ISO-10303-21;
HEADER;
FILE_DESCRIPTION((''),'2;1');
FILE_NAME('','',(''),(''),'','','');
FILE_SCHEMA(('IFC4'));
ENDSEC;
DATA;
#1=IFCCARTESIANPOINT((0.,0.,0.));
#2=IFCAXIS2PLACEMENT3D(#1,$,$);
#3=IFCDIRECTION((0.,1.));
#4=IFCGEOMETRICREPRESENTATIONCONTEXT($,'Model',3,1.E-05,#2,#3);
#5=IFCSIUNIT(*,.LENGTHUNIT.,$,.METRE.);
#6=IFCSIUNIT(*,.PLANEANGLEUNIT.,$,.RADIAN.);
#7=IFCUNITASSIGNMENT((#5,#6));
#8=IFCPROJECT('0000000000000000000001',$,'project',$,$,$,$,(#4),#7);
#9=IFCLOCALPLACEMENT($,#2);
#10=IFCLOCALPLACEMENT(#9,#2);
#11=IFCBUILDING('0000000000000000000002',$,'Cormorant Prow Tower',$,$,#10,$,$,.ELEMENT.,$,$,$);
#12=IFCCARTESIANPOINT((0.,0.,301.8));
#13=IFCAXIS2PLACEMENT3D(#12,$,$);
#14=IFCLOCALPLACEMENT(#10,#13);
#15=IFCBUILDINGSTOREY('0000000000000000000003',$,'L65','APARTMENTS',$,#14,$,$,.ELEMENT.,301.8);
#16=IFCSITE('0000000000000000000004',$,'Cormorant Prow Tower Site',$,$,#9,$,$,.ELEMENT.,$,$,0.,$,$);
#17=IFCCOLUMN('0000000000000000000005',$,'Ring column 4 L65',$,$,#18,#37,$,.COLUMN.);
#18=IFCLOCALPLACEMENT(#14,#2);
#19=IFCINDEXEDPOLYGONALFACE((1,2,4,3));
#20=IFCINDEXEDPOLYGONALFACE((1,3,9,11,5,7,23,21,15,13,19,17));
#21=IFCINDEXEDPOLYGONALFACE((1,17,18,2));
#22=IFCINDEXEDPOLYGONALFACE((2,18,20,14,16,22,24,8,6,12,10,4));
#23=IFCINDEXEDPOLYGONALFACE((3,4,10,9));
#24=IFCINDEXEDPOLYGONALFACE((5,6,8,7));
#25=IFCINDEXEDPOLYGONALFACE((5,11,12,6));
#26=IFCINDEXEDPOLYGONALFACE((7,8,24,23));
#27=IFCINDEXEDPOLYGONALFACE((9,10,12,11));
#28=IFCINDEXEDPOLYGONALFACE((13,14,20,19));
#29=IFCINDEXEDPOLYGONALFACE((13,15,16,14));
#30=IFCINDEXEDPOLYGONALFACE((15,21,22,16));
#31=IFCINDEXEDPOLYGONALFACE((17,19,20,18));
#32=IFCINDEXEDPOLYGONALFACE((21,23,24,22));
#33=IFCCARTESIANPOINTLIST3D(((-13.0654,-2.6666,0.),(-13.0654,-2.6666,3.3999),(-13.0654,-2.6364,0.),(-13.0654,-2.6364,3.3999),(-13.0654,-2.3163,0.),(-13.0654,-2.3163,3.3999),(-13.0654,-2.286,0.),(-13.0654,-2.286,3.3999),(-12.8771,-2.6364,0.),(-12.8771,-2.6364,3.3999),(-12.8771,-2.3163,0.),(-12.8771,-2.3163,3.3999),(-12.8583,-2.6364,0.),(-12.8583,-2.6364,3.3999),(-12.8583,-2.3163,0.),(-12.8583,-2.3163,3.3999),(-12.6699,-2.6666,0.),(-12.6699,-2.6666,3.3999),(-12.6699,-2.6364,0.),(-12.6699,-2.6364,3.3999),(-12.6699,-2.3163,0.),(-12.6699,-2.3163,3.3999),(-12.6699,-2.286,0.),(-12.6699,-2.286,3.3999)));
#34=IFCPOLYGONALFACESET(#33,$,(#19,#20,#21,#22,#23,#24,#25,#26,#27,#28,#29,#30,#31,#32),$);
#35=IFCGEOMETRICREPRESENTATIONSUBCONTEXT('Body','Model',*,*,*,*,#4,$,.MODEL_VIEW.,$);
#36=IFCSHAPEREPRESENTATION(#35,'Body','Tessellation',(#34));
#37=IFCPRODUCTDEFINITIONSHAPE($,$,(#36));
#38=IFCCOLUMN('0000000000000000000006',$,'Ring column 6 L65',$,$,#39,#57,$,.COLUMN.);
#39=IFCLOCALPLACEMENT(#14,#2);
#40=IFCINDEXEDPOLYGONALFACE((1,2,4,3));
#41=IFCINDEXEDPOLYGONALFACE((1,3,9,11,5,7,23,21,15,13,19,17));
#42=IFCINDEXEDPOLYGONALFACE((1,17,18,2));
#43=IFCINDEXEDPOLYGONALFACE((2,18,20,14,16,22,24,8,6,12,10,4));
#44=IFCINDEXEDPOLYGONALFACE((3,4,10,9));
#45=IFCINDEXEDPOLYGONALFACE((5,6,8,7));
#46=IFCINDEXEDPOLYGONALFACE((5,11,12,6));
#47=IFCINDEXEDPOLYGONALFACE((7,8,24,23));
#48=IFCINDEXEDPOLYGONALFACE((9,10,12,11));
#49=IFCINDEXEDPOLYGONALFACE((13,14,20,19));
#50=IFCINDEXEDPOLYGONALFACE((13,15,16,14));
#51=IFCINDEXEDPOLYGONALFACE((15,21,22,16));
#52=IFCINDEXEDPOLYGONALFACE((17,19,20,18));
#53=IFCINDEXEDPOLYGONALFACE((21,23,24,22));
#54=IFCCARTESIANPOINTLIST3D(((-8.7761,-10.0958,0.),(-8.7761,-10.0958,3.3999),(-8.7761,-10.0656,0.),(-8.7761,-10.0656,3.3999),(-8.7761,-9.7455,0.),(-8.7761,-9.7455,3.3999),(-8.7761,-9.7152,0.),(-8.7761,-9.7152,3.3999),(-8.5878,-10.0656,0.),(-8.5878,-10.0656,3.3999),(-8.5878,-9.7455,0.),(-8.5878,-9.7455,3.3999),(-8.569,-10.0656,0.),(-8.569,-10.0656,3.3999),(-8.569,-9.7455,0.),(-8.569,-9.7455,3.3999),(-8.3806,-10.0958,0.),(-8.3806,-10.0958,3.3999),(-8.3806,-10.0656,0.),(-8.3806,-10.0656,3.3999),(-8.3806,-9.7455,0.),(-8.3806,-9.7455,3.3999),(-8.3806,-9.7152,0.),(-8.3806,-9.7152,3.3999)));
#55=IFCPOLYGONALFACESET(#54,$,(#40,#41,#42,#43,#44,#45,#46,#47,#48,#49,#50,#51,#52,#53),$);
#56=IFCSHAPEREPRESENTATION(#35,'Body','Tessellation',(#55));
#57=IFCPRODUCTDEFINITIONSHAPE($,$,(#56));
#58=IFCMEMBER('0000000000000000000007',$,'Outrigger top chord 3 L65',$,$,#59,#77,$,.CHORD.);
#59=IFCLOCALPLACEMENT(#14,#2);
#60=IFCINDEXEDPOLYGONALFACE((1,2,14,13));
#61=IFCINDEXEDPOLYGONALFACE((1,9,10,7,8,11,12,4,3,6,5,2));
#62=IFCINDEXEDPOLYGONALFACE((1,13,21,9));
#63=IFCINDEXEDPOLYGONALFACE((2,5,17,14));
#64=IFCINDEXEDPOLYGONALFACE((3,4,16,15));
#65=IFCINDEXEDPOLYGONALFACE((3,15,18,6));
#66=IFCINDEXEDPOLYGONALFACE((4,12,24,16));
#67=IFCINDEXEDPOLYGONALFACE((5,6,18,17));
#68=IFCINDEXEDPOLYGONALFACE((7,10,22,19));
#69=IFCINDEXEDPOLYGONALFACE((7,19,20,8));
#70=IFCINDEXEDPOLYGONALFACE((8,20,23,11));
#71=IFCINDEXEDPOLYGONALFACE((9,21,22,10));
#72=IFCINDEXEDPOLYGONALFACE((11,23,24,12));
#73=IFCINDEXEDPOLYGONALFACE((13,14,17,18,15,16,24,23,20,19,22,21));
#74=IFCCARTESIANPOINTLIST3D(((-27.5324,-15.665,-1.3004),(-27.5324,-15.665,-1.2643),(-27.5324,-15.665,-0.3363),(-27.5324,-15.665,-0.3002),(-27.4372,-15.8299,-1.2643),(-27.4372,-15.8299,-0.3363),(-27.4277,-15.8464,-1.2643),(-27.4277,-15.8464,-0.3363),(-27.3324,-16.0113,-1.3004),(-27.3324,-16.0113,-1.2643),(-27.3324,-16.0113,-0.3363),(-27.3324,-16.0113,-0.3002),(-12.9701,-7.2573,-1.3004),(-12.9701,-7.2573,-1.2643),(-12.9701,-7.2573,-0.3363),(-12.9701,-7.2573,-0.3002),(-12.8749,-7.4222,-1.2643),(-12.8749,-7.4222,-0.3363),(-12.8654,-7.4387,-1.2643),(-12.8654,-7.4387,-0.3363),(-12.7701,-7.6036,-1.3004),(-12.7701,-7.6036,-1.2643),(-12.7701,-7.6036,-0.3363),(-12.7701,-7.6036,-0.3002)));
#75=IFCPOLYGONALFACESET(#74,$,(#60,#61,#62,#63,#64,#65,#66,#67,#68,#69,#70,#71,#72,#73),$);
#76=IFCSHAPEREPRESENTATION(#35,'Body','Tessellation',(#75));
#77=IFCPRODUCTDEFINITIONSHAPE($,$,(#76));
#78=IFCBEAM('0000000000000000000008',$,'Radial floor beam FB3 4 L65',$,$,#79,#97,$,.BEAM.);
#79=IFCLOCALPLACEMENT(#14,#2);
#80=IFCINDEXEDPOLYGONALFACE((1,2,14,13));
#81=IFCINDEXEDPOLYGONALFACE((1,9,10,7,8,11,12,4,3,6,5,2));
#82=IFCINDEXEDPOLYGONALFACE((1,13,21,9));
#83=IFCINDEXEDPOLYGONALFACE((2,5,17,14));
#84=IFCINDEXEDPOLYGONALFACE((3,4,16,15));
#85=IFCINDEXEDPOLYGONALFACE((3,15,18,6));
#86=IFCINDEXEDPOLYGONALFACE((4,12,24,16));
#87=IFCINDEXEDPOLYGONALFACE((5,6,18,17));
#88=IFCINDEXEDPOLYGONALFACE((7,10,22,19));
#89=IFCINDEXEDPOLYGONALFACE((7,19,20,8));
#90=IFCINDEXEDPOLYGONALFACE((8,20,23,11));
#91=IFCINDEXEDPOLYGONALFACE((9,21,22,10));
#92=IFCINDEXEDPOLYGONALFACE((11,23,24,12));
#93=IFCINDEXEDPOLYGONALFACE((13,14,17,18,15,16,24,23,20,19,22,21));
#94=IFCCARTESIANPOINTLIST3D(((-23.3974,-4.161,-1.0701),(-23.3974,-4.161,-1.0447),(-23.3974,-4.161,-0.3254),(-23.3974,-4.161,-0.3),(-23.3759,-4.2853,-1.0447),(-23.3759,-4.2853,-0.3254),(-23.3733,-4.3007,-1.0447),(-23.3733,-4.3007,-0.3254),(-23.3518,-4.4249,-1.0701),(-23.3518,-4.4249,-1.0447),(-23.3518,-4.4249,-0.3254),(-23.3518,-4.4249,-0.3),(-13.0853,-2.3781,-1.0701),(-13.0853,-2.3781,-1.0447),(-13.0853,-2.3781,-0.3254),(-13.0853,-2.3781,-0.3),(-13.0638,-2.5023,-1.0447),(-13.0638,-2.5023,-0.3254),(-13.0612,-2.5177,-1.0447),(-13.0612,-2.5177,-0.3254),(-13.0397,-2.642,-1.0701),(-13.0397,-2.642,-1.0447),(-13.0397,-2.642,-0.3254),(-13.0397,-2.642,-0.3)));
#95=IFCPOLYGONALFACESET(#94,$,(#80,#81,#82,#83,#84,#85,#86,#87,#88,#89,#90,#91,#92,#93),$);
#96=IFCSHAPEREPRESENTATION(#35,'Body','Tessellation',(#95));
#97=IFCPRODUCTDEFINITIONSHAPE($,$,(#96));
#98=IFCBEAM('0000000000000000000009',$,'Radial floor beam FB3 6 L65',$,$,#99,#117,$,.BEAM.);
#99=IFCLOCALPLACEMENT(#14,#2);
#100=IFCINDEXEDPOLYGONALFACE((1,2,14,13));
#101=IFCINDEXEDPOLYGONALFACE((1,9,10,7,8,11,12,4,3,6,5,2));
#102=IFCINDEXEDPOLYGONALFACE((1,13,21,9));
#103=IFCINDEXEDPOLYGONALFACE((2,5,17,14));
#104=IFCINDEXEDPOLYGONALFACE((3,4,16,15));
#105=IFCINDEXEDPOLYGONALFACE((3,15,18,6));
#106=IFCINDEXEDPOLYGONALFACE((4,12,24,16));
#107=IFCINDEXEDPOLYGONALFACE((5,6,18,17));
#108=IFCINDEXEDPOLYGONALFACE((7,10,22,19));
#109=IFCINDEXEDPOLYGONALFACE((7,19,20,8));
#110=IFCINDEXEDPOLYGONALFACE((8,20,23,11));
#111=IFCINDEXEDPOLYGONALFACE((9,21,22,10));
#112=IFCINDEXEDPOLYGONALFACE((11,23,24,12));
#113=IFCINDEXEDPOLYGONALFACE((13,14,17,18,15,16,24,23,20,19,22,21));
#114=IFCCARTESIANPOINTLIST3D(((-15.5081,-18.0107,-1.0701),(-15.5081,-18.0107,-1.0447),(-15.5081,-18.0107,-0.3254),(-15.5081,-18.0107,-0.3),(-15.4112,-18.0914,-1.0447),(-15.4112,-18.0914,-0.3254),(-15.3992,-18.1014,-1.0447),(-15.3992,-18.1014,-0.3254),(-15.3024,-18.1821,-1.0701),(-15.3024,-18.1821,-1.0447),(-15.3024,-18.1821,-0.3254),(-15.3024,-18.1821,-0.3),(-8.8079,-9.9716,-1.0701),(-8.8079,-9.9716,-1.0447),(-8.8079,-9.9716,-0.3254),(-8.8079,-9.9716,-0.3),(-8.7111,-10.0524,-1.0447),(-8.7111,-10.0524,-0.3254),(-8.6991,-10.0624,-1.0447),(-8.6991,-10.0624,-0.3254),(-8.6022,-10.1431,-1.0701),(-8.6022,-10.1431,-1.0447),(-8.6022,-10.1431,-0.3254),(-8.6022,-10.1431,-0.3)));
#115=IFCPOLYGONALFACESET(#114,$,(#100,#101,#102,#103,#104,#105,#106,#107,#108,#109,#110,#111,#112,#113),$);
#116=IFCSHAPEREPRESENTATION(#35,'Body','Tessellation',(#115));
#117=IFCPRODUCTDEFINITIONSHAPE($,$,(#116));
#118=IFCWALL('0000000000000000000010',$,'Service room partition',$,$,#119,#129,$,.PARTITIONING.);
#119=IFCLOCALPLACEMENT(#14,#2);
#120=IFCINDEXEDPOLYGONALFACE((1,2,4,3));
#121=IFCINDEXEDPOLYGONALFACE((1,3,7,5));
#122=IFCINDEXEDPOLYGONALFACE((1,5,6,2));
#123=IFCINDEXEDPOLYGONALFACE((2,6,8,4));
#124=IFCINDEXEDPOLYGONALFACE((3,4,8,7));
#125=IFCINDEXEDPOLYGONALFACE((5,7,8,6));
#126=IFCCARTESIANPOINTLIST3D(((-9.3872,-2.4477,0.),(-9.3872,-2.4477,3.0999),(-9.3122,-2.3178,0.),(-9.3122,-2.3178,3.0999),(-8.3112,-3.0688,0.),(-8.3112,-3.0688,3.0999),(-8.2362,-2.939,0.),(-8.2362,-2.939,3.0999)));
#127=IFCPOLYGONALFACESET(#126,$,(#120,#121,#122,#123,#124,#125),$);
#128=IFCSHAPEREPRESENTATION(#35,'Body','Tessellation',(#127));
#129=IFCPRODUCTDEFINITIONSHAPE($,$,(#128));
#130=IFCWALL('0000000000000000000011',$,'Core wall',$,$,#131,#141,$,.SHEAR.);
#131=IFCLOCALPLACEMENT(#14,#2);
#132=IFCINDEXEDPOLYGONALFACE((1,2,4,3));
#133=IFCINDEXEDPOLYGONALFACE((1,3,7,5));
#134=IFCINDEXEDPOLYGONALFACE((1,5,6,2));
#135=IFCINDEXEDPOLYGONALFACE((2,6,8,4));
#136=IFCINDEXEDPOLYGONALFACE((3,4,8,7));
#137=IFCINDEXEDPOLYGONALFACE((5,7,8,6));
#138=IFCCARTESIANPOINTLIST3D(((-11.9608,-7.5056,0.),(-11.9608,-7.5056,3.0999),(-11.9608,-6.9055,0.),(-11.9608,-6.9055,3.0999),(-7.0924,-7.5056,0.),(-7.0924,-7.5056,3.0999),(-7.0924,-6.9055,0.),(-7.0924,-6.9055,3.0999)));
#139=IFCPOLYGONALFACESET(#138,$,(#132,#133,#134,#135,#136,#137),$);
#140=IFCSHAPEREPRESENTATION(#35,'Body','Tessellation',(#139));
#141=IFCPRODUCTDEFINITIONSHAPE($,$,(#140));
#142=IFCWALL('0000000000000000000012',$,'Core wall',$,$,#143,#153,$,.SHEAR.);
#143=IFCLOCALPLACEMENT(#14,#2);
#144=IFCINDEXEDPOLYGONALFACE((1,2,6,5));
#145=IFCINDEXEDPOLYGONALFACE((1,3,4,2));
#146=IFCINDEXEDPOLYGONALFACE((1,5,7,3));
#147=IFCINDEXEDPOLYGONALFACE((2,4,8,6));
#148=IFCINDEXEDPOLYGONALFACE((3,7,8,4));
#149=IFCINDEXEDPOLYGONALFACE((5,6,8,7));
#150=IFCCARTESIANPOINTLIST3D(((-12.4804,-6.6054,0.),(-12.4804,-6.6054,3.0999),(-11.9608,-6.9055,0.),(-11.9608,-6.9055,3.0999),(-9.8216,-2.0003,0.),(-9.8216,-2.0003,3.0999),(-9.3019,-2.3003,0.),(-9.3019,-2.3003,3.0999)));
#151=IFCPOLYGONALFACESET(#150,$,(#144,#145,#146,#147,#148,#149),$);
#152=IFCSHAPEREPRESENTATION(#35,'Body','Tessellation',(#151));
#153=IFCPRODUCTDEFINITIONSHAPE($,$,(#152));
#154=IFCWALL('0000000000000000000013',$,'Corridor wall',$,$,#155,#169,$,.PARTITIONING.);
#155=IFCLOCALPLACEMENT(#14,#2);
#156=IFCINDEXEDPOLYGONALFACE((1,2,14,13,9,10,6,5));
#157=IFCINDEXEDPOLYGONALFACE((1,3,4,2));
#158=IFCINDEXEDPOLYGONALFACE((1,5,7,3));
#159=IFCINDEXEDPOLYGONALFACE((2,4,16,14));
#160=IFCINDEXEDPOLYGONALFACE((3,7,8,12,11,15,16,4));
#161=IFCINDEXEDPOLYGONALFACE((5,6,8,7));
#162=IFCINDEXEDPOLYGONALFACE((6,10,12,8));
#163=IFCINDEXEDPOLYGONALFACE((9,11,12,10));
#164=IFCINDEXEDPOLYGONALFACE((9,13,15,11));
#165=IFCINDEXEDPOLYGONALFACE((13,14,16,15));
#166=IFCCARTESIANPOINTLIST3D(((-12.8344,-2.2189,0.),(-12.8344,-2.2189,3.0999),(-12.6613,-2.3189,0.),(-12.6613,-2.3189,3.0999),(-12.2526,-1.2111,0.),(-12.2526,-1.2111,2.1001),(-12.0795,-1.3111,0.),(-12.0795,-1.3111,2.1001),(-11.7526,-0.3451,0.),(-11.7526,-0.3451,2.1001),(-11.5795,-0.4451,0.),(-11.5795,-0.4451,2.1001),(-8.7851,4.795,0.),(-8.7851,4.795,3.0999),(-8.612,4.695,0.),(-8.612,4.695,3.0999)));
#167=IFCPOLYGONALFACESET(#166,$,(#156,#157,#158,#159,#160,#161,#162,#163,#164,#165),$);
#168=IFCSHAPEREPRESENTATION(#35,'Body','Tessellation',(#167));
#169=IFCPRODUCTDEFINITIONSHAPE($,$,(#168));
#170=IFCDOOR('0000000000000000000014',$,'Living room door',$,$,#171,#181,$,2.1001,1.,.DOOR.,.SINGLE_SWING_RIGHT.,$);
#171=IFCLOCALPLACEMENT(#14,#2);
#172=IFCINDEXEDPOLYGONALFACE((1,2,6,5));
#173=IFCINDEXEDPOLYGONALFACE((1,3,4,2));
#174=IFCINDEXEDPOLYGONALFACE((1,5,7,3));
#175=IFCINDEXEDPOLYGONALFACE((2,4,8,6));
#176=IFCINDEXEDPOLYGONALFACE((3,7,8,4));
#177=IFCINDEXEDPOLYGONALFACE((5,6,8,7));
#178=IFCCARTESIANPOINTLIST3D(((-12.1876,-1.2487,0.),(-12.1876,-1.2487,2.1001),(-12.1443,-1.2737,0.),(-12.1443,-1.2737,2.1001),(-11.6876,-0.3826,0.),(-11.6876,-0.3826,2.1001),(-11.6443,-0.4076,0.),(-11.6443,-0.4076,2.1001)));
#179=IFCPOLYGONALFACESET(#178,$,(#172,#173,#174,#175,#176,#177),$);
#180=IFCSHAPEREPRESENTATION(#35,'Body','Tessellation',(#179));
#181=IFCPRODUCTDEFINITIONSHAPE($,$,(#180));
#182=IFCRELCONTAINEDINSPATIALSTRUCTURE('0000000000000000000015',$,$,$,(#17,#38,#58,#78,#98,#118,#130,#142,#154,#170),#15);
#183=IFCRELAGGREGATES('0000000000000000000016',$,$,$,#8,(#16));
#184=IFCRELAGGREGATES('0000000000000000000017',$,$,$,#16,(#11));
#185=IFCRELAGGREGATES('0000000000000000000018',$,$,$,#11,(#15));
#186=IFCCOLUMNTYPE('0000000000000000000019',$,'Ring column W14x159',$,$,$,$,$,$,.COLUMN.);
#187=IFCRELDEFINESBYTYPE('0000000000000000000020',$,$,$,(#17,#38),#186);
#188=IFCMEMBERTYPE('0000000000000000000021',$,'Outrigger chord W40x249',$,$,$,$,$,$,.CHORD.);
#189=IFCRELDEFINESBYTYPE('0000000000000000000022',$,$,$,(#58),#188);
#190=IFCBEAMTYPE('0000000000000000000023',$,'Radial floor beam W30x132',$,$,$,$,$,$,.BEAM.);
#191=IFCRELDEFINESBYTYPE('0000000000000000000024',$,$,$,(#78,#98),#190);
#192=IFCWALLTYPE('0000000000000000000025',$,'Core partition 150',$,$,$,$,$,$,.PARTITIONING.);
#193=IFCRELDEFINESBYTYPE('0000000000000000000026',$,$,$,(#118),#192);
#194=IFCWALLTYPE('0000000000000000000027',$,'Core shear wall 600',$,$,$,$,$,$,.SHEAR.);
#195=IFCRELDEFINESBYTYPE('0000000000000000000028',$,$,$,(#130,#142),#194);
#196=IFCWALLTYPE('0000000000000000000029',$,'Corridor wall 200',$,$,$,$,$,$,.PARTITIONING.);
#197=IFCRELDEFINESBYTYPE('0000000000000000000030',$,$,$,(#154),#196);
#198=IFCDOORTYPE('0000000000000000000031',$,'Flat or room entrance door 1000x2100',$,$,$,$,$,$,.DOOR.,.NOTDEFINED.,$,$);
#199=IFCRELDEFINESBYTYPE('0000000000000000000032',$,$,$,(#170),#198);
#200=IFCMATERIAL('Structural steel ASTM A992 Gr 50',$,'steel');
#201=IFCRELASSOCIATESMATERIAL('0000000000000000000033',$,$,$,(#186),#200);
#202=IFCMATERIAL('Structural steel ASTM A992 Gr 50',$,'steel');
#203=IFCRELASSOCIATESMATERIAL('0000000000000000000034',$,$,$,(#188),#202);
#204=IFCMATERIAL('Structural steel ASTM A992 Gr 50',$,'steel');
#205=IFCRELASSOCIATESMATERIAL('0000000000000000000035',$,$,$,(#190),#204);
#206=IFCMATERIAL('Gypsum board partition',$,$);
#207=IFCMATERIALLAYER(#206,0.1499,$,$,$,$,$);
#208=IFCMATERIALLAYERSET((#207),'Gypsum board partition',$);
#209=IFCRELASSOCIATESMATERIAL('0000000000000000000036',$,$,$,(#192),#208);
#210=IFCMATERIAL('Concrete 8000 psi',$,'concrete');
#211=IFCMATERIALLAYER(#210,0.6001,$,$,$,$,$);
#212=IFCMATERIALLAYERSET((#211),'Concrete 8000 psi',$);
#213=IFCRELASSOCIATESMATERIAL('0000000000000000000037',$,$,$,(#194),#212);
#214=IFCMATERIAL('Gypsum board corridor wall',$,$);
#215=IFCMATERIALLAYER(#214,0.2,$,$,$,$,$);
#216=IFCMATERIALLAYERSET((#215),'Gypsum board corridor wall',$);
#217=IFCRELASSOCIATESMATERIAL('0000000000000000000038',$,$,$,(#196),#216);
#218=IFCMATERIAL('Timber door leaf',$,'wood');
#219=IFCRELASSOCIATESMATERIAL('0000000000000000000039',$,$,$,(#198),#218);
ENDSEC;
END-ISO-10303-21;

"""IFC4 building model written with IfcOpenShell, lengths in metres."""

from ifc_helpers import new_model, si_unit, direction, frame, frame_2d, origin, origin_2d, place, context, subcontext, project, spatial, rectangle, i_section, extrude, material, layer, layer_set, material_profile, profile_set, type_object, element, fill, save


model = new_model("IFC4")

# Units and contexts
model_context = context("Model", 3, precision=1e-05, world=origin(), true_north=direction((0.0, 1.0)))
body_context = subcontext(model_context, "Body", "Model", "MODEL_VIEW")
ifc_project = project(units=[si_unit("LENGTHUNIT", "METRE"), si_unit("PLANEANGLEUNIT", "RADIAN")], contexts=[model_context])

# Site, building, storey
site_placement = place(None, origin())
site = spatial("IfcSite", under=ifc_project, at=site_placement, Name="Cormorant Prow Tower Site", CompositionType="ELEMENT", RefElevation=0.0)
building_placement = place(site_placement, origin())
building = spatial("IfcBuilding", under=site, at=building_placement, Name="Cormorant Prow Tower", CompositionType="ELEMENT")
storey_placement = place(building_placement, frame((0.0, 0.0, 301.8)))
storey = spatial("IfcBuildingStorey", under=building, at=storey_placement, Name="L65", Description="APARTMENTS", CompositionType="ELEMENT", Elevation=301.8)

# Columns
ifc_material_1 = material(Name="Structural steel ASTM A992 Gr 50", Category="steel")
ifc_material_profile_1 = material_profile(ifc_material_1, i_section(OverallWidth=0.3955, OverallDepth=0.3806, WebThickness=0.0188, FlangeThickness=0.0303, at=origin_2d()), Name="W14x159")
ifc_profile_set_1 = profile_set([ifc_material_profile_1], Name="Structural steel ASTM A992 Gr 50")
column_type = type_object("IfcColumnType", Name="Ring column W14x159", PredefinedType="COLUMN", material=ifc_profile_set_1)
for number, where, z_axis, x_axis, name in (
    (1, (-12.8677, -2.4763, 0.0), (0.0, 0.0, 1.0), (1.0, 0.0, 0.0), "Ring column 4 L65"),
    (2, (-8.5784, -9.9055, 0.0), (0.0, 0.0, 1.0), (1.0, 0.0, 0.0), "Ring column 6 L65"),
):
    element("IfcColumn", number, at=place(storey_placement, frame(where, z_axis=z_axis, x_axis=x_axis)), inside=storey, type_object=column_type, Name=name, PredefinedType="COLUMN", context=body_context, shape_type="SweptSolid", body=[
        extrude(i_section(OverallWidth=0.3955, OverallDepth=0.3806, WebThickness=0.0188, FlangeThickness=0.0303, at=origin_2d()), origin(), (0.0, 0.0, 1.0), 3.3999),
    ])

# Member
ifc_material_2 = material(Name="Structural steel ASTM A992 Gr 50", Category="steel")
ifc_material_profile_2 = material_profile(ifc_material_2, i_section(OverallWidth=0.3999, OverallDepth=1.0002, WebThickness=0.019, FlangeThickness=0.0361, at=origin_2d()), Name="W40x249")
ifc_profile_set_2 = profile_set([ifc_material_profile_2], Name="Structural steel ASTM A992 Gr 50")
member_type = type_object("IfcMemberType", Name="Outrigger chord W40x249", PredefinedType="CHORD", material=ifc_profile_set_2)
member_placement = place(storey_placement, frame((-12.8701, -7.4304, -0.8003), z_axis=(-0.86602, -0.500009, 0.0), x_axis=(0.500009, -0.86602, 0.0)))
element("IfcMember", 3, at=member_placement, inside=storey, type_object=member_type, Name="Outrigger top chord 3 L65", PredefinedType="CHORD", context=body_context, shape_type="SweptSolid", body=[
    extrude(i_section(OverallWidth=0.3999, OverallDepth=1.0002, WebThickness=0.019, FlangeThickness=0.0361, at=origin_2d()), origin(), (0.0, 0.0, 1.0), 16.8152),
])

# Beams
ifc_material_3 = material(Name="Structural steel ASTM A992 Gr 50", Category="steel")
ifc_material_profile_3 = material_profile(ifc_material_3, i_section(OverallWidth=0.2678, OverallDepth=0.77, WebThickness=0.0156, FlangeThickness=0.0254, at=origin_2d()), Name="W30x132")
ifc_profile_set_3 = profile_set([ifc_material_profile_3], Name="Structural steel ASTM A992 Gr 50")
beam_type = type_object("IfcBeamType", Name="Radial floor beam W30x132", PredefinedType="BEAM", material=ifc_profile_set_3)
for number, where, z_axis, x_axis, name in (
    (4, (-13.0625, -2.51, -0.6851), (-0.98538, -0.170373, 0.0), (0.170373, -0.98538, 0.0), "Radial floor beam FB3 4 L65"),
    (5, (-8.7051, -10.0574, -0.6851), (-0.640239, -0.768175, 0.0), (0.768175, -0.640239, 0.0), "Radial floor beam FB3 6 L65"),
):
    element("IfcBeam", number, at=place(storey_placement, frame(where, z_axis=z_axis, x_axis=x_axis)), inside=storey, type_object=beam_type, Name=name, PredefinedType="BEAM", context=body_context, shape_type="SweptSolid", body=[
        extrude(i_section(OverallWidth=0.2678, OverallDepth=0.77, WebThickness=0.0156, FlangeThickness=0.0254, at=origin_2d()), origin(), (0.0, 0.0, 1.0), 10.4651),
    ])

# Walls
ifc_material_4 = material(Name="Gypsum board partition")
ifc_layer_1 = layer(ifc_material_4, 0.1499)
ifc_layer_set_1 = layer_set([ifc_layer_1], Name="Gypsum board partition")
wall_type_1 = type_object("IfcWallType", Name="Core partition 150", PredefinedType="PARTITIONING", material=ifc_layer_set_1)
wall_1_placement = place(storey_placement, frame((-9.3496, -2.3828, 0.0), z_axis=(0.0, 0.0, 1.0), x_axis=(0.866058, -0.499944, 0.0)))
element("IfcWall", 6, at=wall_1_placement, inside=storey, type_object=wall_type_1, Name="Service room partition", PredefinedType="PARTITIONING", context=body_context, shape_type="SweptSolid", body=[
    extrude(rectangle(XDim=1.2424, YDim=0.1499, at=frame_2d((0.6211, 0.0))), origin(), (0.0, 0.0, 1.0), 3.0999),
])
ifc_material_5 = material(Name="Concrete 8000 psi", Category="concrete")
ifc_layer_2 = layer(ifc_material_5, 0.6001)
ifc_layer_set_2 = layer_set([ifc_layer_2], Name="Concrete 8000 psi")
wall_type_2 = type_object("IfcWallType", Name="Core shear wall 600", PredefinedType="SHEAR", material=ifc_layer_set_2)
wall_2_placement = place(storey_placement, frame((-11.9607, -7.2056, 0.0), z_axis=(0.0, 0.0, 1.0), x_axis=(1.0, 0.0, 0.0)))
element("IfcWall", 7, at=wall_2_placement, inside=storey, type_object=wall_type_2, Name="Core wall", PredefinedType="SHEAR", context=body_context, shape_type="SweptSolid", body=[
    extrude(rectangle(XDim=4.8684, YDim=0.6001, at=frame_2d((2.4341, 0.0))), origin(), (0.0, 0.0, 1.0), 3.0999),
])
wall_3_placement = place(storey_placement, frame((-9.5618, -2.1504, 0.0), z_axis=(0.0, 0.0, 1.0), x_axis=(-0.500015, -0.866017, 0.0)))
element("IfcWall", 8, at=wall_3_placement, inside=storey, type_object=wall_type_2, Name="Core wall", PredefinedType="SHEAR", context=body_context, shape_type="SweptSolid", body=[
    extrude(rectangle(XDim=5.3176, YDim=0.6001, at=frame_2d((2.6587, 0.0))), origin(), (0.0, 0.0, 1.0), 3.0999),
])

# Wall, opening, door
ifc_material_6 = material(Name="Gypsum board corridor wall")
ifc_layer_3 = layer(ifc_material_6, 0.2)
ifc_layer_set_3 = layer_set([ifc_layer_3], Name="Gypsum board corridor wall")
wall_type_3 = type_object("IfcWallType", Name="Corridor wall 200", PredefinedType="PARTITIONING", material=ifc_layer_set_3)
wall_4_placement = place(storey_placement, frame((-12.7478, -2.2688, 0.0), z_axis=(0.0, 0.0, 1.0), x_axis=(0.499984, 0.866034, 0.0)))
wall_4 = element("IfcWall", 9, at=wall_4_placement, inside=storey, type_object=wall_type_3, Name="Corridor wall", PredefinedType="PARTITIONING", context=body_context, shape_type="SweptSolid", body=[
    extrude(rectangle(XDim=8.0989, YDim=0.2, at=frame_2d((4.0493, 0.0))), origin(), (0.0, 0.0, 1.0), 3.0999),
])
opening_1_placement = place(wall_4_placement, frame((1.1636, 0.0, 0.0)))
opening_1 = element("IfcOpeningElement", 10, at=opening_1_placement, cuts=wall_4, PredefinedType="OPENING", context=body_context, shape_type="SweptSolid", body=[
    extrude(rectangle(XDim=1.0, YDim=2.1001, at=frame_2d((0.5, 1.05))), frame((0.0, 0.1099, 0.0), z_axis=(0.0, -1.0, 0.0), x_axis=(1.0, 0.0, 0.0)), (0.0, 0.0, 1.0), 0.22),
])
ifc_material_7 = material(Name="Timber door leaf", Category="wood")
door_type = type_object("IfcDoorType", Name="Flat or room entrance door 1000x2100", OperationType="NOTDEFINED", PredefinedType="DOOR", material=ifc_material_7)
door_1_placement = place(opening_1_placement, origin())
door_1 = element("IfcDoor", 11, at=door_1_placement, inside=storey, type_object=door_type, Name="Living room door", OperationType="SINGLE_SWING_RIGHT", OverallHeight=2.1001, OverallWidth=1.0, PredefinedType="DOOR", context=body_context, shape_type="SweptSolid", body=[
    extrude(rectangle(XDim=1.0, YDim=2.1001, at=frame_2d((0.5, 1.05))), frame((0.0, 0.0249, 0.0), z_axis=(0.0, -1.0, 0.0), x_axis=(1.0, 0.0, 0.0)), (0.0, 0.0, 1.0), 0.05),
])
fill(opening_1, door_1)

save(model, "model.ifc")
